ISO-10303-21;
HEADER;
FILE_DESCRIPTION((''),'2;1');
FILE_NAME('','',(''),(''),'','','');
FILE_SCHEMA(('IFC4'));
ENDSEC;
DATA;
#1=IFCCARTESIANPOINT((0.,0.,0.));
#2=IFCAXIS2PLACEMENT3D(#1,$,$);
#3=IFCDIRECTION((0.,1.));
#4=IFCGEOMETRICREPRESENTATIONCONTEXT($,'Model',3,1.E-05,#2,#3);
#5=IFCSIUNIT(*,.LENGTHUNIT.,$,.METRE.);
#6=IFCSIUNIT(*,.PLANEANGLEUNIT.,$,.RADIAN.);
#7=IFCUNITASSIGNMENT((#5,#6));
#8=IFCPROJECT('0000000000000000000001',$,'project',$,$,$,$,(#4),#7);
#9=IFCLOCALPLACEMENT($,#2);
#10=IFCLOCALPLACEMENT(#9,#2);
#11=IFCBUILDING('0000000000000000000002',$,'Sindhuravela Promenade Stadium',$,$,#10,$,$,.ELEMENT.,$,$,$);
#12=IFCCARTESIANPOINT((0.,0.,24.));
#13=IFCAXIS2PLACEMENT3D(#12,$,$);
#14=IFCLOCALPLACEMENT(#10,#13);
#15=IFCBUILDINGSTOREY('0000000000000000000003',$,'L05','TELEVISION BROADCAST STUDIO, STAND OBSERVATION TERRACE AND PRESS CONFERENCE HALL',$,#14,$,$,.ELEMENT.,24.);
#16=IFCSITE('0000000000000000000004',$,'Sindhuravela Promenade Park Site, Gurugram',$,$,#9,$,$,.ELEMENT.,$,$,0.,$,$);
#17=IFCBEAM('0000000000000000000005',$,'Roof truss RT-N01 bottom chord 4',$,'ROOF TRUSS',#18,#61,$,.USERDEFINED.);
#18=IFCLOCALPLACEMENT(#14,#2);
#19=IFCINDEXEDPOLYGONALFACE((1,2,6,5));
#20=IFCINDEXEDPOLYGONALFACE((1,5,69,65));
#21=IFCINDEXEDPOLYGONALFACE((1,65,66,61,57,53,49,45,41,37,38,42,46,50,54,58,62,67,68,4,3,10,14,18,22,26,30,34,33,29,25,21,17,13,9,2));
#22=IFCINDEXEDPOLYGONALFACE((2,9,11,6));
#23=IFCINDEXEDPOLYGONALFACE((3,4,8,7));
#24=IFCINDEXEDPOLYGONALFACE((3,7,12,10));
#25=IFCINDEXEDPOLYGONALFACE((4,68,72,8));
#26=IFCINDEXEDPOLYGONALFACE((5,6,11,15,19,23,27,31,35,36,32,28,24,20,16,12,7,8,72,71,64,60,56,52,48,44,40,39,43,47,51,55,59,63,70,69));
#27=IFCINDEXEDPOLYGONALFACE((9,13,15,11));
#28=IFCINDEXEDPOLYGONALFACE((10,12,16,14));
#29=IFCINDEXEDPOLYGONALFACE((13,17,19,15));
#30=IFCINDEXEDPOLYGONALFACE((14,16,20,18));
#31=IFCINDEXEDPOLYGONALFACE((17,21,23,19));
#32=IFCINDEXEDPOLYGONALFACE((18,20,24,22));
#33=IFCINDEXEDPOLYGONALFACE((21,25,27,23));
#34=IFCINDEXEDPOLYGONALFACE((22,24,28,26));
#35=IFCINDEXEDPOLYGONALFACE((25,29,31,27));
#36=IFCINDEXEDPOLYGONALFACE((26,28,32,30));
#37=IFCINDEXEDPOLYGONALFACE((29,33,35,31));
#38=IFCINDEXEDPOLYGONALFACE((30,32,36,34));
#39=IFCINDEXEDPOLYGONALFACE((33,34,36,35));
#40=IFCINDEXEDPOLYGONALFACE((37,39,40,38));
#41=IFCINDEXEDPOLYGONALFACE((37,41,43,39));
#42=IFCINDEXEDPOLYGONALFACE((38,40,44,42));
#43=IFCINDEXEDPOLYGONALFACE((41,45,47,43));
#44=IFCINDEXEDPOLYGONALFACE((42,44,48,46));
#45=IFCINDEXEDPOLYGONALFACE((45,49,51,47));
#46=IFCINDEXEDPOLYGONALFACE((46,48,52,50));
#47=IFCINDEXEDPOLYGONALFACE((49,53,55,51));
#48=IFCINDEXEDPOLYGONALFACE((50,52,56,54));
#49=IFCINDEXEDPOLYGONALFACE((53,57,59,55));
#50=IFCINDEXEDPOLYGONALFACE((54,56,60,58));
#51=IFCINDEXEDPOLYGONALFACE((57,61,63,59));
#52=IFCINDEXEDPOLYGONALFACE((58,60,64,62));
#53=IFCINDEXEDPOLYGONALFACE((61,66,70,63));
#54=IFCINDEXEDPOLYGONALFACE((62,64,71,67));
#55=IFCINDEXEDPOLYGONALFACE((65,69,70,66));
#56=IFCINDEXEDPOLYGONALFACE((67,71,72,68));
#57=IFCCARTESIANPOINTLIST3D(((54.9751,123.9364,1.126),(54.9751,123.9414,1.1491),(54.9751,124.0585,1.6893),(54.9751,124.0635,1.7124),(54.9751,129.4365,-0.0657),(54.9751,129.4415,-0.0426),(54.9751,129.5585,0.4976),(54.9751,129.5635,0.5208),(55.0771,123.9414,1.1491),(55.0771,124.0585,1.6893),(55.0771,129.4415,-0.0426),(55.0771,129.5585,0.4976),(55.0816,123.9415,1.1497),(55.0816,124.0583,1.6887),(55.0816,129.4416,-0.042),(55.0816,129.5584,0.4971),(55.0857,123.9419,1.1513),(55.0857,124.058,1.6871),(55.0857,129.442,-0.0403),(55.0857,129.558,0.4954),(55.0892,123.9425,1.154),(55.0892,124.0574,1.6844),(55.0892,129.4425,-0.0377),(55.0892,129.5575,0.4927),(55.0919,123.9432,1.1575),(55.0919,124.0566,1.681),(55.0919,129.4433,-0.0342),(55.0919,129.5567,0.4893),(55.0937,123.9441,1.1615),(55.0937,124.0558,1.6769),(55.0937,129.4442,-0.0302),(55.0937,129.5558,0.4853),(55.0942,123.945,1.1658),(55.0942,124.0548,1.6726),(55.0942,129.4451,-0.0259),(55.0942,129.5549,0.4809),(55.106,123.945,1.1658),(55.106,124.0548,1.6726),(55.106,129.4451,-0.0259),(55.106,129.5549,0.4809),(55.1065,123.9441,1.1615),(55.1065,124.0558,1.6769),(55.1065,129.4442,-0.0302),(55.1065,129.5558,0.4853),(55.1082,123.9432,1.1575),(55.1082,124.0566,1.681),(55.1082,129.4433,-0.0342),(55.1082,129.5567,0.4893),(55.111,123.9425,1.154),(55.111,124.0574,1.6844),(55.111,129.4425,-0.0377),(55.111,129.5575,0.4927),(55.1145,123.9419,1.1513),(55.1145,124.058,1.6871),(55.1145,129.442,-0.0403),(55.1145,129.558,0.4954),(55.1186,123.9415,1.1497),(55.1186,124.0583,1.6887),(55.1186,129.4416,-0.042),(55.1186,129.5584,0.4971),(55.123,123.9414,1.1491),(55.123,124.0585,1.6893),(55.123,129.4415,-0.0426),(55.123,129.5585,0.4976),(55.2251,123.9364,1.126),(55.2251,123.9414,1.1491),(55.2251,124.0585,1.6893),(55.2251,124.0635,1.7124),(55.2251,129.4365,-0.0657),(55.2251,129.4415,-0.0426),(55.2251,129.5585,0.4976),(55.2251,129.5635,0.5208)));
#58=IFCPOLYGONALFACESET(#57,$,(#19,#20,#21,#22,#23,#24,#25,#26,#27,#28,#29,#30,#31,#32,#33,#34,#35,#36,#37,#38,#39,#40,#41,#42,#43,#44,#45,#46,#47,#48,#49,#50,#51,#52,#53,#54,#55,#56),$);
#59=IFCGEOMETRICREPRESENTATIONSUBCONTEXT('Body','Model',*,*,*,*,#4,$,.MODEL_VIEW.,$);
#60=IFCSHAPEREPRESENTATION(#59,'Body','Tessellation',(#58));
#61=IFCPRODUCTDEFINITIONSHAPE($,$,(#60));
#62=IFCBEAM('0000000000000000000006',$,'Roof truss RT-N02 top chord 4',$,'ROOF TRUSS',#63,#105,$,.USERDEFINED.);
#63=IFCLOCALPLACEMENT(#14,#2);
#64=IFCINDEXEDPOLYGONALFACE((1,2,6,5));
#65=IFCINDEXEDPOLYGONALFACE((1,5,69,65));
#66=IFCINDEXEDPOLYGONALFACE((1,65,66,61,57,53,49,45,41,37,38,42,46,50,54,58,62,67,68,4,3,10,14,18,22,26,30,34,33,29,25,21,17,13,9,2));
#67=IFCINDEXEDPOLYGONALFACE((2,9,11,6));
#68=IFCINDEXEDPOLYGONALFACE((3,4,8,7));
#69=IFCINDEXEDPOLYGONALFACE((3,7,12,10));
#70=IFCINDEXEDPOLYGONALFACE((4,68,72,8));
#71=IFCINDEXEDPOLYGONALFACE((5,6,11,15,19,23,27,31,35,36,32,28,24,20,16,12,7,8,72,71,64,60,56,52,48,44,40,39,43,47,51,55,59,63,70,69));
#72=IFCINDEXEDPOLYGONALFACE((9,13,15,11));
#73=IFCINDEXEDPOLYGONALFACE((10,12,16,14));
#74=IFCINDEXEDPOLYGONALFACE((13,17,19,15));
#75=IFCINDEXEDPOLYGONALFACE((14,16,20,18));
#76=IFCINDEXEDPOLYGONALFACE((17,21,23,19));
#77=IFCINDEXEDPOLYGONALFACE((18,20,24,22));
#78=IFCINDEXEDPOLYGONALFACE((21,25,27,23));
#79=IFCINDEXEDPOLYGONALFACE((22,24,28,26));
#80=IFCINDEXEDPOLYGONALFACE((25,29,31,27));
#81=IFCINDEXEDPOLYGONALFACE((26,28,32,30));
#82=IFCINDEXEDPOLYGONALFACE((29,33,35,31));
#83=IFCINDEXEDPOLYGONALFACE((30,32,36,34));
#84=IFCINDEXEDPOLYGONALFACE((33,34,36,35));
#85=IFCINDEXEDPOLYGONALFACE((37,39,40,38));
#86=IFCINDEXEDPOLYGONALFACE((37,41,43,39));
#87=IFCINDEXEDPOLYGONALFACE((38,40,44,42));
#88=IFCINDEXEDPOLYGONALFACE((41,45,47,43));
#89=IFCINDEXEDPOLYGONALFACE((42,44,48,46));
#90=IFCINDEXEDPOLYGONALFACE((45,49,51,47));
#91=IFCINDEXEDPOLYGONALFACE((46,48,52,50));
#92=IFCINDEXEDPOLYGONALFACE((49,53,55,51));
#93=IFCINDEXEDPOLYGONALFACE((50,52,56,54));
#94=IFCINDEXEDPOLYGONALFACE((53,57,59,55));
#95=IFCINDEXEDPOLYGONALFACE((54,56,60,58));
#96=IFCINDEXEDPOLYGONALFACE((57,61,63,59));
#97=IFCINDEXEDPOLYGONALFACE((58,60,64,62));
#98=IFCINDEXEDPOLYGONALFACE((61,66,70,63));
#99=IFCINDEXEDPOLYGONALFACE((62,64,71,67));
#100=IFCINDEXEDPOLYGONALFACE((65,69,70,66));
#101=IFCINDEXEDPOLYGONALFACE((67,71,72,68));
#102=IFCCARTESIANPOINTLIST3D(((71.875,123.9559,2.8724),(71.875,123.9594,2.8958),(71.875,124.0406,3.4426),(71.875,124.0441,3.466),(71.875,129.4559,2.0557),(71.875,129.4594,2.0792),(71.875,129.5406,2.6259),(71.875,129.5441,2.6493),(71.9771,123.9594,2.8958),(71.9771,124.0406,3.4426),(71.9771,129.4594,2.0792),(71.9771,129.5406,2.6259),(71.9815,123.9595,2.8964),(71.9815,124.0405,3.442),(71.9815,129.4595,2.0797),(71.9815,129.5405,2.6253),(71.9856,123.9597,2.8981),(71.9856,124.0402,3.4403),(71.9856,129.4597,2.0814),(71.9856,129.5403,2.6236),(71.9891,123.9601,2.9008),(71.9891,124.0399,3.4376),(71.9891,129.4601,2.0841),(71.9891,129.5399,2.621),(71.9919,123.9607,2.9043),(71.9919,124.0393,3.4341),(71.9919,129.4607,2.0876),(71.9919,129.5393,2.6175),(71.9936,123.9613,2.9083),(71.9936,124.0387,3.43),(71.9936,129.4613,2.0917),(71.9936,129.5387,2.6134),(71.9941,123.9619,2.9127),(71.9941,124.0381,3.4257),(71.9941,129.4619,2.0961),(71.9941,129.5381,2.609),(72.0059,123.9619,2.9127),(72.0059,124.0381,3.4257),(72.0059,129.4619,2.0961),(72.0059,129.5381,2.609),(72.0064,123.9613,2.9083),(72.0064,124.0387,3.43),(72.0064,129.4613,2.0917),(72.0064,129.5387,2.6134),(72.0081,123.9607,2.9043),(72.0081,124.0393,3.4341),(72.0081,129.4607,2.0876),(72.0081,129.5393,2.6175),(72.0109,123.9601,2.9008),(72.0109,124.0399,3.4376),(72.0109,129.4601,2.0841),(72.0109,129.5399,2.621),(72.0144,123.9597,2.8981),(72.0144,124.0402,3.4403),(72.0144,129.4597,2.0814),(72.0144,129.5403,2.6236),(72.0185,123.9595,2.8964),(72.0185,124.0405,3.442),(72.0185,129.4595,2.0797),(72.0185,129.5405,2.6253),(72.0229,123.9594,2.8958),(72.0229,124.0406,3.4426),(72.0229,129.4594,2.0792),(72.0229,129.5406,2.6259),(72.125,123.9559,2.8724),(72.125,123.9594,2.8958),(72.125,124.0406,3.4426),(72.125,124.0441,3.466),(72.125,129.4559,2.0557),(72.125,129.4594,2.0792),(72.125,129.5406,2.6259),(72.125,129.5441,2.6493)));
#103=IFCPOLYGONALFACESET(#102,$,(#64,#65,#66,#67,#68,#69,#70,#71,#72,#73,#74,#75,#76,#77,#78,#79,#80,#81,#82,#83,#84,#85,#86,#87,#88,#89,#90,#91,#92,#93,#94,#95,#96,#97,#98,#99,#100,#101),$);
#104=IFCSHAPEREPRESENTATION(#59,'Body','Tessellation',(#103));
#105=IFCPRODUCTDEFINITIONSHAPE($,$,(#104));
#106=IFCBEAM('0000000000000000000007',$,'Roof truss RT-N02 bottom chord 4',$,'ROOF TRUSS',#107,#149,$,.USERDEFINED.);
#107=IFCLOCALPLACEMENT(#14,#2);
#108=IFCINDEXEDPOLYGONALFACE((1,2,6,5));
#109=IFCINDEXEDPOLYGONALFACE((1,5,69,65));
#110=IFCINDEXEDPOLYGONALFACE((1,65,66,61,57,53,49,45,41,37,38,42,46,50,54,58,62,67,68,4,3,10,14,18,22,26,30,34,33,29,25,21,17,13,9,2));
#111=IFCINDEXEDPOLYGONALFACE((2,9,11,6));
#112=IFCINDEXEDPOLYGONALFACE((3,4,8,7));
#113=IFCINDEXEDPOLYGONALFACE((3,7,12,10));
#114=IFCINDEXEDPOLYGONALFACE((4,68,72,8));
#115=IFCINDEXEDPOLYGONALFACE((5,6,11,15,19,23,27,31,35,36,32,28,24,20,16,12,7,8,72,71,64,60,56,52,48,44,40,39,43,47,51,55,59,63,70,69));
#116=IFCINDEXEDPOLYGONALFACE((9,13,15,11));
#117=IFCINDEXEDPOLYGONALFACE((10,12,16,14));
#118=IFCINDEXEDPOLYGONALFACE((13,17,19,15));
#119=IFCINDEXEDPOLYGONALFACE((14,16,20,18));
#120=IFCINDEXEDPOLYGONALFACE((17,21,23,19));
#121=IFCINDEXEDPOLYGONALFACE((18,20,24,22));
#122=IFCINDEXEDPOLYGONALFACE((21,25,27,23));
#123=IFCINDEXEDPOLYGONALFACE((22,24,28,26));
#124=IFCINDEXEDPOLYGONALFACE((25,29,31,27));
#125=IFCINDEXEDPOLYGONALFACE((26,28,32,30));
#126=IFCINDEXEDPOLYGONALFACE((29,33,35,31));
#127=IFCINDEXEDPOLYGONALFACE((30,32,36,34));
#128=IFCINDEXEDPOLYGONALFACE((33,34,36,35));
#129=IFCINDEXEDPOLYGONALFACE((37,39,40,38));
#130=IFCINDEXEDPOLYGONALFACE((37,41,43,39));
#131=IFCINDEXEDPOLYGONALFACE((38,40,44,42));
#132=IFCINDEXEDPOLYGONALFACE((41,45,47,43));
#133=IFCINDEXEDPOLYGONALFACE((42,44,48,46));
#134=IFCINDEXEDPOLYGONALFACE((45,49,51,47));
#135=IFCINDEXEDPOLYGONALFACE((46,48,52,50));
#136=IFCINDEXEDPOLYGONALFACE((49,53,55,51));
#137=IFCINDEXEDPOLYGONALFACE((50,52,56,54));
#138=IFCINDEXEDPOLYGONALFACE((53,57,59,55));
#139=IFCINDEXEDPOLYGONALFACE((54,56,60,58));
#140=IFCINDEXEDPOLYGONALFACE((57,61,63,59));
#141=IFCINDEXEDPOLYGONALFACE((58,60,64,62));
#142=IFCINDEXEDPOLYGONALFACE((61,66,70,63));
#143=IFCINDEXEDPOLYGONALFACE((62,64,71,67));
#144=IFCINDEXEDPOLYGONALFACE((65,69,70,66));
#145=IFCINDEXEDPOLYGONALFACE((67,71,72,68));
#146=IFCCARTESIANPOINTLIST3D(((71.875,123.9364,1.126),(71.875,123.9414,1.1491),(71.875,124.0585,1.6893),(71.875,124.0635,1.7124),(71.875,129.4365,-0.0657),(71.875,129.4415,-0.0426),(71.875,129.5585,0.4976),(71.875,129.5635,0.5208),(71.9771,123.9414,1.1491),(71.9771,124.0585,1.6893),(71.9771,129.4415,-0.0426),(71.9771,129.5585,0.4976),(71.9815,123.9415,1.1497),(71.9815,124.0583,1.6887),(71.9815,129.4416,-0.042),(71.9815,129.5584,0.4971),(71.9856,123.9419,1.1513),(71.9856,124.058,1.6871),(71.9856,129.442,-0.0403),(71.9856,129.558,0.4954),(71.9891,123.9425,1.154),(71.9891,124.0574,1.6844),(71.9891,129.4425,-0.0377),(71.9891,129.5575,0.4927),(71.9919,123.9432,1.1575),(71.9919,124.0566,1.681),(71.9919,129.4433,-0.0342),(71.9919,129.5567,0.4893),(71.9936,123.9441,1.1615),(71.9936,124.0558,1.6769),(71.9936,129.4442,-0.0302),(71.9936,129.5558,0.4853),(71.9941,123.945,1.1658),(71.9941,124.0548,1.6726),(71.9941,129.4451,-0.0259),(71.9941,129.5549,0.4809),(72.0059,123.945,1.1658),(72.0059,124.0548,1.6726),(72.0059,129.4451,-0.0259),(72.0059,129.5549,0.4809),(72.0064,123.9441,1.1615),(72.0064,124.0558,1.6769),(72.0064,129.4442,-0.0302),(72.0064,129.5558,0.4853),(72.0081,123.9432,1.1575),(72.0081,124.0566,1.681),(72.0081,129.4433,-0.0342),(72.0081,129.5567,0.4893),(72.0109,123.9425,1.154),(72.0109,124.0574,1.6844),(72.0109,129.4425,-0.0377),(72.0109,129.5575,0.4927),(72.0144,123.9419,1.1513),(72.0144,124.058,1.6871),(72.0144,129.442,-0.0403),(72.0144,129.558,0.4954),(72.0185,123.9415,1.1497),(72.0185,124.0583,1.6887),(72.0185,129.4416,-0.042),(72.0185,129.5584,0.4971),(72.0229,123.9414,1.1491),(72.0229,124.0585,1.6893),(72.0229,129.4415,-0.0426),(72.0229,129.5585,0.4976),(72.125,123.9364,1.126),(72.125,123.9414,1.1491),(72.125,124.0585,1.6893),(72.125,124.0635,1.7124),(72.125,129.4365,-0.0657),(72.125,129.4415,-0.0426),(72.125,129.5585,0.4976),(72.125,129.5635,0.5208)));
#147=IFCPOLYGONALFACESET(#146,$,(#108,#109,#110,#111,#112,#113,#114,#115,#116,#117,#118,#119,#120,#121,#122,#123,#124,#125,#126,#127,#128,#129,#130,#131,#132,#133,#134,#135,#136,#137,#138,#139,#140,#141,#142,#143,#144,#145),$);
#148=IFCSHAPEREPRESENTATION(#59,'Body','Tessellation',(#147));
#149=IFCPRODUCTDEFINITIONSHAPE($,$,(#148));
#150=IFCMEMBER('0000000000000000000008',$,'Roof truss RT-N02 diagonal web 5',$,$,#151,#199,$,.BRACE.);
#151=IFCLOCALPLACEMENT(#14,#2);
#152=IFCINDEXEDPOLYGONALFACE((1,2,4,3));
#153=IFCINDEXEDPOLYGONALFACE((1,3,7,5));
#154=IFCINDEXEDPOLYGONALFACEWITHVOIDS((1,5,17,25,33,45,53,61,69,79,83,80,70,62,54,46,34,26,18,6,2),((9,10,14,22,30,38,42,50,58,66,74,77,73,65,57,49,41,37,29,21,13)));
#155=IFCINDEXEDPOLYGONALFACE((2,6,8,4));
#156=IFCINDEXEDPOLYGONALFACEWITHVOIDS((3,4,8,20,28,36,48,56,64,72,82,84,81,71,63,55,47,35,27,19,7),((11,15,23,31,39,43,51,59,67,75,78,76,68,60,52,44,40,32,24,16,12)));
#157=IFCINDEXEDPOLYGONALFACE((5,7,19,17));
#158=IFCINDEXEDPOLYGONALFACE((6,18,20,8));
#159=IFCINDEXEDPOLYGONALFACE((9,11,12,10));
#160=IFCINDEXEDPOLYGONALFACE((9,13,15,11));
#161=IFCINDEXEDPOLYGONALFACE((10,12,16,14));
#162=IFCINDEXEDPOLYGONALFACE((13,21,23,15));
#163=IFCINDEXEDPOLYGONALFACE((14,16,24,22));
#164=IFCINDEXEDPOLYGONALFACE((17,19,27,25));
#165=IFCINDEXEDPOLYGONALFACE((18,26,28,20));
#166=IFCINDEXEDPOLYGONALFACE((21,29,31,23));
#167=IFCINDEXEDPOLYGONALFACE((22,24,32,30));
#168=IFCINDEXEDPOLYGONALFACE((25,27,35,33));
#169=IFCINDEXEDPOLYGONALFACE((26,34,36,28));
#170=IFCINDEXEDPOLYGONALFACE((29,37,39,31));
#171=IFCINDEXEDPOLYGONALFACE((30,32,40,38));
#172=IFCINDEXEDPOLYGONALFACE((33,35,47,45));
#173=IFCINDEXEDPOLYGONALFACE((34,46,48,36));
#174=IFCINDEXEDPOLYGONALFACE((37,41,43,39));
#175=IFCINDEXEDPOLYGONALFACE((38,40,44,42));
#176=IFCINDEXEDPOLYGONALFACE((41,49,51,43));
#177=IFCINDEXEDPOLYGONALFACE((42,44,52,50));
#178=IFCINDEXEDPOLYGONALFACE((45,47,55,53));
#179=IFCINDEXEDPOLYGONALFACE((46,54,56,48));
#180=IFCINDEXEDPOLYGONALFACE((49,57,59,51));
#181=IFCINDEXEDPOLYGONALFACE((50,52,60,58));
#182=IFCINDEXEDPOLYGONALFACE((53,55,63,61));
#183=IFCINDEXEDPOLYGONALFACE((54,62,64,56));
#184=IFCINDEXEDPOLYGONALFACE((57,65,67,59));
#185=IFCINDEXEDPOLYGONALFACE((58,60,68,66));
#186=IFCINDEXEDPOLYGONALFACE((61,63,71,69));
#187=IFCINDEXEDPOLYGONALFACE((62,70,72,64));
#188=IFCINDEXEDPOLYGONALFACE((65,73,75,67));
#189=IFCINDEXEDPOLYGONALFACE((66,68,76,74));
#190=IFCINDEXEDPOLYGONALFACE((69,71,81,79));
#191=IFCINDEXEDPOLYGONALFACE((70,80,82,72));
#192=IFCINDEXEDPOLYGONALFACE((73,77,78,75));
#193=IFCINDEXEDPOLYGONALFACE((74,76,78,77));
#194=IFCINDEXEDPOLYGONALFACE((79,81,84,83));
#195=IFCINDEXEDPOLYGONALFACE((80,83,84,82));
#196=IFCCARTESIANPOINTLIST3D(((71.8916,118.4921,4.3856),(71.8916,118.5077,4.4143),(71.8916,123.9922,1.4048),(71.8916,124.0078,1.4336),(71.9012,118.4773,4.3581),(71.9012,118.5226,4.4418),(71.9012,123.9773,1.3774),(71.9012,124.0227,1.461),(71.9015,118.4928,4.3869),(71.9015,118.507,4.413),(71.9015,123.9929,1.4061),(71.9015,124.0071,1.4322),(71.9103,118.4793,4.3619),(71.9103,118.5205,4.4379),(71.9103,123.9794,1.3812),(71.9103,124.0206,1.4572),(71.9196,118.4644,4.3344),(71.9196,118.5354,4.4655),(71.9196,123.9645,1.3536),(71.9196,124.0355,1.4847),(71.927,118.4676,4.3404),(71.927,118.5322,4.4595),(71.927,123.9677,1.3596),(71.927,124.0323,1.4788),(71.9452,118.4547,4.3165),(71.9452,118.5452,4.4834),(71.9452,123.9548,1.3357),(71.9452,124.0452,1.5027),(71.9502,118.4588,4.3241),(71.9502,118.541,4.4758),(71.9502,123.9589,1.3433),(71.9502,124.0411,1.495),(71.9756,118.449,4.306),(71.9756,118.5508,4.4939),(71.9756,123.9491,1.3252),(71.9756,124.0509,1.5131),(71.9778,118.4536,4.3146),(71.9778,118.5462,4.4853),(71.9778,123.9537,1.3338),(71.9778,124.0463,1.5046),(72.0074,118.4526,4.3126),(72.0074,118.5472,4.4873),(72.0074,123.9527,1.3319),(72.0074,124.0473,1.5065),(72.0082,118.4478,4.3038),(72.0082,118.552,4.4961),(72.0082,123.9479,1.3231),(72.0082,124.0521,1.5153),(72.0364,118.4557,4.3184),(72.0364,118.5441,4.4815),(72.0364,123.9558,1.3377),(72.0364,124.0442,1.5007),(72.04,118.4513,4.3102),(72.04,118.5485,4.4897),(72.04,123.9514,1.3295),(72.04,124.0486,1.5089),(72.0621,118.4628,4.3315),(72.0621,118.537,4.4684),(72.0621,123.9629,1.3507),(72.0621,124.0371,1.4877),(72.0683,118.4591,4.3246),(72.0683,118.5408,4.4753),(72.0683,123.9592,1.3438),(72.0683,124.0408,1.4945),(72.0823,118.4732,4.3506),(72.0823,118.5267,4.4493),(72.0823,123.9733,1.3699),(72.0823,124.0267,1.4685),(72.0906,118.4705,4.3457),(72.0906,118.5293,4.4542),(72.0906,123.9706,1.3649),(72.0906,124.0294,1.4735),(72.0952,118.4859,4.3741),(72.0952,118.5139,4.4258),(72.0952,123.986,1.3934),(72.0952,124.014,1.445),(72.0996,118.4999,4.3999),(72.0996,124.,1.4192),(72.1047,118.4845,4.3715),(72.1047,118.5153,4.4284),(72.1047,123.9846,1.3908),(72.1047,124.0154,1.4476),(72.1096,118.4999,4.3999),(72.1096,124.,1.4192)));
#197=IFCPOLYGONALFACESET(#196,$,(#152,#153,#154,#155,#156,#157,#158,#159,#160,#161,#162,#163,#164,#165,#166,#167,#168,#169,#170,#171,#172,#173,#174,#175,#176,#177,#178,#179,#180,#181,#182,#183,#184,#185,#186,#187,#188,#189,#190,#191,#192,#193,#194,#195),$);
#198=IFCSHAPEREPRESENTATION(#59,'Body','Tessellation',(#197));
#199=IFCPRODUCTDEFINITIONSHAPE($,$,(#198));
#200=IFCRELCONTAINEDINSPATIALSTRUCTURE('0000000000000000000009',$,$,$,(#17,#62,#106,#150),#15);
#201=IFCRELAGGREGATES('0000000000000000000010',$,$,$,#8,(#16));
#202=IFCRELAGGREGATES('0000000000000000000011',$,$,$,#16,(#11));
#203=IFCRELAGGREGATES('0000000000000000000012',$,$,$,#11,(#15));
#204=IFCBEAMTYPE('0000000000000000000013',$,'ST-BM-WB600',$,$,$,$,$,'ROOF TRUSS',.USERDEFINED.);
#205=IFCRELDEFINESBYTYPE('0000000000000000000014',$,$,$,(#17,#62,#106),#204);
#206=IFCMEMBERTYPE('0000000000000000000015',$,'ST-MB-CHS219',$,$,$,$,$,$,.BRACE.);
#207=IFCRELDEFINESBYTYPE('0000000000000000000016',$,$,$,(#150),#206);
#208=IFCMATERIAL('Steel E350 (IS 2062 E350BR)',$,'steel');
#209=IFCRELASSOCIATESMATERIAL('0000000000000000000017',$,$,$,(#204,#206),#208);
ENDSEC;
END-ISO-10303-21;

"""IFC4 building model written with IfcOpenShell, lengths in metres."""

from ifc_helpers import new_model, si_unit, direction, frame, origin, origin_2d, place, context, subcontext, project, spatial, hollow_circle, i_section, extrude, material, material_profile, profile_set, type_object, element, save


model = new_model("IFC4")

# Units and contexts
model_context = context("Model", 3, precision=1e-05, world=origin(), true_north=direction((0.0, 1.0)))
body_context = subcontext(model_context, "Body", "Model", "MODEL_VIEW")
ifc_project = project(units=[si_unit("LENGTHUNIT", "METRE"), si_unit("PLANEANGLEUNIT", "RADIAN")], contexts=[model_context])

# Site, building, storey
site_placement = place(None, origin())
site = spatial("IfcSite", under=ifc_project, at=site_placement, Name="Sindhuravela Promenade Park Site, Gurugram", CompositionType="ELEMENT", RefElevation=0.0)
building_placement = place(site_placement, origin())
building = spatial("IfcBuilding", under=site, at=building_placement, Name="Sindhuravela Promenade Stadium", CompositionType="ELEMENT")
storey_placement = place(building_placement, frame((0.0, 0.0, 24.0)))
storey = spatial("IfcBuildingStorey", under=building, at=storey_placement, Name="L05", Description="TELEVISION BROADCAST STUDIO, STAND OBSERVATION TERRACE AND PRESS CONFERENCE HALL", CompositionType="ELEMENT", Elevation=24.0)

# Beams
ifc_material_1 = material(Name="Steel E350 (IS 2062 E350BR)", Category="steel")
ifc_material_profile_1 = material_profile(ifc_material_1, i_section(OverallWidth=0.25, OverallDepth=0.6001, WebThickness=0.0117, FlangeThickness=0.0237, FilletRadius=0.0171, at=origin_2d()), Name="ISWB 600")
ifc_profile_set_1 = profile_set([ifc_material_profile_1], Name="Steel E350 (IS 2062 E350BR)")
beam_type = type_object("IfcBeamType", Name="ST-BM-WB600", ElementType="ROOF TRUSS", PredefinedType="USERDEFINED", material=ifc_profile_set_1)
beam_1_placement = place(storey_placement, frame((55.1001, 129.5, 0.2275), z_axis=(0.0, -0.977324, 0.211751), x_axis=(1.0, 0.0, 0.0)))
element("IfcBeam", 1, at=beam_1_placement, inside=storey, type_object=beam_type, Name="Roof truss RT-N01 bottom chord 4", ObjectType="ROOF TRUSS", PredefinedType="USERDEFINED", context=body_context, shape_type="SweptSolid", body=[
    extrude(i_section(OverallWidth=0.25, OverallDepth=0.6001, WebThickness=0.0117, FlangeThickness=0.0237, FilletRadius=0.0171, at=origin_2d()), origin(), (0.0, 0.0, 1.0), 5.6277),
])
beam_2_placement = place(storey_placement, frame((72.0, 129.5, 2.3525), z_axis=(0.0, -0.989156, 0.146872), x_axis=(1.0, 0.0, 0.0)))
element("IfcBeam", 2, at=beam_2_placement, inside=storey, type_object=beam_type, Name="Roof truss RT-N02 top chord 4", ObjectType="ROOF TRUSS", PredefinedType="USERDEFINED", context=body_context, shape_type="SweptSolid", body=[
    extrude(i_section(OverallWidth=0.25, OverallDepth=0.6001, WebThickness=0.0117, FlangeThickness=0.0237, FilletRadius=0.0171, at=origin_2d()), origin(), (0.0, 0.0, 1.0), 5.5603),
])
beam_3_placement = place(storey_placement, frame((72.0, 129.5, 0.2275), z_axis=(0.0, -0.977324, 0.211751), x_axis=(1.0, 0.0, 0.0)))
element("IfcBeam", 3, at=beam_3_placement, inside=storey, type_object=beam_type, Name="Roof truss RT-N02 bottom chord 4", ObjectType="ROOF TRUSS", PredefinedType="USERDEFINED", context=body_context, shape_type="SweptSolid", body=[
    extrude(i_section(OverallWidth=0.25, OverallDepth=0.6001, WebThickness=0.0117, FlangeThickness=0.0237, FilletRadius=0.0171, at=origin_2d()), origin(), (0.0, 0.0, 1.0), 5.6277),
])

# Member
ifc_material_profile_2 = material_profile(ifc_material_1, hollow_circle(Radius=0.1096, WallThickness=0.01, at=origin_2d()), Name="CHS 219.1x10")
ifc_profile_set_2 = profile_set([ifc_material_profile_2], Name="Steel E350 (IS 2062 E350BR)")
member_type_1 = type_object("IfcMemberType", Name="ST-MB-CHS219", PredefinedType="BRACE", material=ifc_profile_set_2)
member_1_placement = place(storey_placement, frame((72.0, 124.0, 1.4192), z_axis=(0.0, -0.879188, 0.476474), x_axis=(1.0, 0.0, 0.0)))
element("IfcMember", 4, at=member_1_placement, inside=storey, type_object=member_type_1, Name="Roof truss RT-N02 diagonal web 5", PredefinedType="BRACE", context=body_context, shape_type="SweptSolid", body=[
    extrude(hollow_circle(Radius=0.1096, WallThickness=0.01, at=origin_2d()), origin(), (0.0, 0.0, 1.0), 6.2559),
])

save(model, "model.ifc")
